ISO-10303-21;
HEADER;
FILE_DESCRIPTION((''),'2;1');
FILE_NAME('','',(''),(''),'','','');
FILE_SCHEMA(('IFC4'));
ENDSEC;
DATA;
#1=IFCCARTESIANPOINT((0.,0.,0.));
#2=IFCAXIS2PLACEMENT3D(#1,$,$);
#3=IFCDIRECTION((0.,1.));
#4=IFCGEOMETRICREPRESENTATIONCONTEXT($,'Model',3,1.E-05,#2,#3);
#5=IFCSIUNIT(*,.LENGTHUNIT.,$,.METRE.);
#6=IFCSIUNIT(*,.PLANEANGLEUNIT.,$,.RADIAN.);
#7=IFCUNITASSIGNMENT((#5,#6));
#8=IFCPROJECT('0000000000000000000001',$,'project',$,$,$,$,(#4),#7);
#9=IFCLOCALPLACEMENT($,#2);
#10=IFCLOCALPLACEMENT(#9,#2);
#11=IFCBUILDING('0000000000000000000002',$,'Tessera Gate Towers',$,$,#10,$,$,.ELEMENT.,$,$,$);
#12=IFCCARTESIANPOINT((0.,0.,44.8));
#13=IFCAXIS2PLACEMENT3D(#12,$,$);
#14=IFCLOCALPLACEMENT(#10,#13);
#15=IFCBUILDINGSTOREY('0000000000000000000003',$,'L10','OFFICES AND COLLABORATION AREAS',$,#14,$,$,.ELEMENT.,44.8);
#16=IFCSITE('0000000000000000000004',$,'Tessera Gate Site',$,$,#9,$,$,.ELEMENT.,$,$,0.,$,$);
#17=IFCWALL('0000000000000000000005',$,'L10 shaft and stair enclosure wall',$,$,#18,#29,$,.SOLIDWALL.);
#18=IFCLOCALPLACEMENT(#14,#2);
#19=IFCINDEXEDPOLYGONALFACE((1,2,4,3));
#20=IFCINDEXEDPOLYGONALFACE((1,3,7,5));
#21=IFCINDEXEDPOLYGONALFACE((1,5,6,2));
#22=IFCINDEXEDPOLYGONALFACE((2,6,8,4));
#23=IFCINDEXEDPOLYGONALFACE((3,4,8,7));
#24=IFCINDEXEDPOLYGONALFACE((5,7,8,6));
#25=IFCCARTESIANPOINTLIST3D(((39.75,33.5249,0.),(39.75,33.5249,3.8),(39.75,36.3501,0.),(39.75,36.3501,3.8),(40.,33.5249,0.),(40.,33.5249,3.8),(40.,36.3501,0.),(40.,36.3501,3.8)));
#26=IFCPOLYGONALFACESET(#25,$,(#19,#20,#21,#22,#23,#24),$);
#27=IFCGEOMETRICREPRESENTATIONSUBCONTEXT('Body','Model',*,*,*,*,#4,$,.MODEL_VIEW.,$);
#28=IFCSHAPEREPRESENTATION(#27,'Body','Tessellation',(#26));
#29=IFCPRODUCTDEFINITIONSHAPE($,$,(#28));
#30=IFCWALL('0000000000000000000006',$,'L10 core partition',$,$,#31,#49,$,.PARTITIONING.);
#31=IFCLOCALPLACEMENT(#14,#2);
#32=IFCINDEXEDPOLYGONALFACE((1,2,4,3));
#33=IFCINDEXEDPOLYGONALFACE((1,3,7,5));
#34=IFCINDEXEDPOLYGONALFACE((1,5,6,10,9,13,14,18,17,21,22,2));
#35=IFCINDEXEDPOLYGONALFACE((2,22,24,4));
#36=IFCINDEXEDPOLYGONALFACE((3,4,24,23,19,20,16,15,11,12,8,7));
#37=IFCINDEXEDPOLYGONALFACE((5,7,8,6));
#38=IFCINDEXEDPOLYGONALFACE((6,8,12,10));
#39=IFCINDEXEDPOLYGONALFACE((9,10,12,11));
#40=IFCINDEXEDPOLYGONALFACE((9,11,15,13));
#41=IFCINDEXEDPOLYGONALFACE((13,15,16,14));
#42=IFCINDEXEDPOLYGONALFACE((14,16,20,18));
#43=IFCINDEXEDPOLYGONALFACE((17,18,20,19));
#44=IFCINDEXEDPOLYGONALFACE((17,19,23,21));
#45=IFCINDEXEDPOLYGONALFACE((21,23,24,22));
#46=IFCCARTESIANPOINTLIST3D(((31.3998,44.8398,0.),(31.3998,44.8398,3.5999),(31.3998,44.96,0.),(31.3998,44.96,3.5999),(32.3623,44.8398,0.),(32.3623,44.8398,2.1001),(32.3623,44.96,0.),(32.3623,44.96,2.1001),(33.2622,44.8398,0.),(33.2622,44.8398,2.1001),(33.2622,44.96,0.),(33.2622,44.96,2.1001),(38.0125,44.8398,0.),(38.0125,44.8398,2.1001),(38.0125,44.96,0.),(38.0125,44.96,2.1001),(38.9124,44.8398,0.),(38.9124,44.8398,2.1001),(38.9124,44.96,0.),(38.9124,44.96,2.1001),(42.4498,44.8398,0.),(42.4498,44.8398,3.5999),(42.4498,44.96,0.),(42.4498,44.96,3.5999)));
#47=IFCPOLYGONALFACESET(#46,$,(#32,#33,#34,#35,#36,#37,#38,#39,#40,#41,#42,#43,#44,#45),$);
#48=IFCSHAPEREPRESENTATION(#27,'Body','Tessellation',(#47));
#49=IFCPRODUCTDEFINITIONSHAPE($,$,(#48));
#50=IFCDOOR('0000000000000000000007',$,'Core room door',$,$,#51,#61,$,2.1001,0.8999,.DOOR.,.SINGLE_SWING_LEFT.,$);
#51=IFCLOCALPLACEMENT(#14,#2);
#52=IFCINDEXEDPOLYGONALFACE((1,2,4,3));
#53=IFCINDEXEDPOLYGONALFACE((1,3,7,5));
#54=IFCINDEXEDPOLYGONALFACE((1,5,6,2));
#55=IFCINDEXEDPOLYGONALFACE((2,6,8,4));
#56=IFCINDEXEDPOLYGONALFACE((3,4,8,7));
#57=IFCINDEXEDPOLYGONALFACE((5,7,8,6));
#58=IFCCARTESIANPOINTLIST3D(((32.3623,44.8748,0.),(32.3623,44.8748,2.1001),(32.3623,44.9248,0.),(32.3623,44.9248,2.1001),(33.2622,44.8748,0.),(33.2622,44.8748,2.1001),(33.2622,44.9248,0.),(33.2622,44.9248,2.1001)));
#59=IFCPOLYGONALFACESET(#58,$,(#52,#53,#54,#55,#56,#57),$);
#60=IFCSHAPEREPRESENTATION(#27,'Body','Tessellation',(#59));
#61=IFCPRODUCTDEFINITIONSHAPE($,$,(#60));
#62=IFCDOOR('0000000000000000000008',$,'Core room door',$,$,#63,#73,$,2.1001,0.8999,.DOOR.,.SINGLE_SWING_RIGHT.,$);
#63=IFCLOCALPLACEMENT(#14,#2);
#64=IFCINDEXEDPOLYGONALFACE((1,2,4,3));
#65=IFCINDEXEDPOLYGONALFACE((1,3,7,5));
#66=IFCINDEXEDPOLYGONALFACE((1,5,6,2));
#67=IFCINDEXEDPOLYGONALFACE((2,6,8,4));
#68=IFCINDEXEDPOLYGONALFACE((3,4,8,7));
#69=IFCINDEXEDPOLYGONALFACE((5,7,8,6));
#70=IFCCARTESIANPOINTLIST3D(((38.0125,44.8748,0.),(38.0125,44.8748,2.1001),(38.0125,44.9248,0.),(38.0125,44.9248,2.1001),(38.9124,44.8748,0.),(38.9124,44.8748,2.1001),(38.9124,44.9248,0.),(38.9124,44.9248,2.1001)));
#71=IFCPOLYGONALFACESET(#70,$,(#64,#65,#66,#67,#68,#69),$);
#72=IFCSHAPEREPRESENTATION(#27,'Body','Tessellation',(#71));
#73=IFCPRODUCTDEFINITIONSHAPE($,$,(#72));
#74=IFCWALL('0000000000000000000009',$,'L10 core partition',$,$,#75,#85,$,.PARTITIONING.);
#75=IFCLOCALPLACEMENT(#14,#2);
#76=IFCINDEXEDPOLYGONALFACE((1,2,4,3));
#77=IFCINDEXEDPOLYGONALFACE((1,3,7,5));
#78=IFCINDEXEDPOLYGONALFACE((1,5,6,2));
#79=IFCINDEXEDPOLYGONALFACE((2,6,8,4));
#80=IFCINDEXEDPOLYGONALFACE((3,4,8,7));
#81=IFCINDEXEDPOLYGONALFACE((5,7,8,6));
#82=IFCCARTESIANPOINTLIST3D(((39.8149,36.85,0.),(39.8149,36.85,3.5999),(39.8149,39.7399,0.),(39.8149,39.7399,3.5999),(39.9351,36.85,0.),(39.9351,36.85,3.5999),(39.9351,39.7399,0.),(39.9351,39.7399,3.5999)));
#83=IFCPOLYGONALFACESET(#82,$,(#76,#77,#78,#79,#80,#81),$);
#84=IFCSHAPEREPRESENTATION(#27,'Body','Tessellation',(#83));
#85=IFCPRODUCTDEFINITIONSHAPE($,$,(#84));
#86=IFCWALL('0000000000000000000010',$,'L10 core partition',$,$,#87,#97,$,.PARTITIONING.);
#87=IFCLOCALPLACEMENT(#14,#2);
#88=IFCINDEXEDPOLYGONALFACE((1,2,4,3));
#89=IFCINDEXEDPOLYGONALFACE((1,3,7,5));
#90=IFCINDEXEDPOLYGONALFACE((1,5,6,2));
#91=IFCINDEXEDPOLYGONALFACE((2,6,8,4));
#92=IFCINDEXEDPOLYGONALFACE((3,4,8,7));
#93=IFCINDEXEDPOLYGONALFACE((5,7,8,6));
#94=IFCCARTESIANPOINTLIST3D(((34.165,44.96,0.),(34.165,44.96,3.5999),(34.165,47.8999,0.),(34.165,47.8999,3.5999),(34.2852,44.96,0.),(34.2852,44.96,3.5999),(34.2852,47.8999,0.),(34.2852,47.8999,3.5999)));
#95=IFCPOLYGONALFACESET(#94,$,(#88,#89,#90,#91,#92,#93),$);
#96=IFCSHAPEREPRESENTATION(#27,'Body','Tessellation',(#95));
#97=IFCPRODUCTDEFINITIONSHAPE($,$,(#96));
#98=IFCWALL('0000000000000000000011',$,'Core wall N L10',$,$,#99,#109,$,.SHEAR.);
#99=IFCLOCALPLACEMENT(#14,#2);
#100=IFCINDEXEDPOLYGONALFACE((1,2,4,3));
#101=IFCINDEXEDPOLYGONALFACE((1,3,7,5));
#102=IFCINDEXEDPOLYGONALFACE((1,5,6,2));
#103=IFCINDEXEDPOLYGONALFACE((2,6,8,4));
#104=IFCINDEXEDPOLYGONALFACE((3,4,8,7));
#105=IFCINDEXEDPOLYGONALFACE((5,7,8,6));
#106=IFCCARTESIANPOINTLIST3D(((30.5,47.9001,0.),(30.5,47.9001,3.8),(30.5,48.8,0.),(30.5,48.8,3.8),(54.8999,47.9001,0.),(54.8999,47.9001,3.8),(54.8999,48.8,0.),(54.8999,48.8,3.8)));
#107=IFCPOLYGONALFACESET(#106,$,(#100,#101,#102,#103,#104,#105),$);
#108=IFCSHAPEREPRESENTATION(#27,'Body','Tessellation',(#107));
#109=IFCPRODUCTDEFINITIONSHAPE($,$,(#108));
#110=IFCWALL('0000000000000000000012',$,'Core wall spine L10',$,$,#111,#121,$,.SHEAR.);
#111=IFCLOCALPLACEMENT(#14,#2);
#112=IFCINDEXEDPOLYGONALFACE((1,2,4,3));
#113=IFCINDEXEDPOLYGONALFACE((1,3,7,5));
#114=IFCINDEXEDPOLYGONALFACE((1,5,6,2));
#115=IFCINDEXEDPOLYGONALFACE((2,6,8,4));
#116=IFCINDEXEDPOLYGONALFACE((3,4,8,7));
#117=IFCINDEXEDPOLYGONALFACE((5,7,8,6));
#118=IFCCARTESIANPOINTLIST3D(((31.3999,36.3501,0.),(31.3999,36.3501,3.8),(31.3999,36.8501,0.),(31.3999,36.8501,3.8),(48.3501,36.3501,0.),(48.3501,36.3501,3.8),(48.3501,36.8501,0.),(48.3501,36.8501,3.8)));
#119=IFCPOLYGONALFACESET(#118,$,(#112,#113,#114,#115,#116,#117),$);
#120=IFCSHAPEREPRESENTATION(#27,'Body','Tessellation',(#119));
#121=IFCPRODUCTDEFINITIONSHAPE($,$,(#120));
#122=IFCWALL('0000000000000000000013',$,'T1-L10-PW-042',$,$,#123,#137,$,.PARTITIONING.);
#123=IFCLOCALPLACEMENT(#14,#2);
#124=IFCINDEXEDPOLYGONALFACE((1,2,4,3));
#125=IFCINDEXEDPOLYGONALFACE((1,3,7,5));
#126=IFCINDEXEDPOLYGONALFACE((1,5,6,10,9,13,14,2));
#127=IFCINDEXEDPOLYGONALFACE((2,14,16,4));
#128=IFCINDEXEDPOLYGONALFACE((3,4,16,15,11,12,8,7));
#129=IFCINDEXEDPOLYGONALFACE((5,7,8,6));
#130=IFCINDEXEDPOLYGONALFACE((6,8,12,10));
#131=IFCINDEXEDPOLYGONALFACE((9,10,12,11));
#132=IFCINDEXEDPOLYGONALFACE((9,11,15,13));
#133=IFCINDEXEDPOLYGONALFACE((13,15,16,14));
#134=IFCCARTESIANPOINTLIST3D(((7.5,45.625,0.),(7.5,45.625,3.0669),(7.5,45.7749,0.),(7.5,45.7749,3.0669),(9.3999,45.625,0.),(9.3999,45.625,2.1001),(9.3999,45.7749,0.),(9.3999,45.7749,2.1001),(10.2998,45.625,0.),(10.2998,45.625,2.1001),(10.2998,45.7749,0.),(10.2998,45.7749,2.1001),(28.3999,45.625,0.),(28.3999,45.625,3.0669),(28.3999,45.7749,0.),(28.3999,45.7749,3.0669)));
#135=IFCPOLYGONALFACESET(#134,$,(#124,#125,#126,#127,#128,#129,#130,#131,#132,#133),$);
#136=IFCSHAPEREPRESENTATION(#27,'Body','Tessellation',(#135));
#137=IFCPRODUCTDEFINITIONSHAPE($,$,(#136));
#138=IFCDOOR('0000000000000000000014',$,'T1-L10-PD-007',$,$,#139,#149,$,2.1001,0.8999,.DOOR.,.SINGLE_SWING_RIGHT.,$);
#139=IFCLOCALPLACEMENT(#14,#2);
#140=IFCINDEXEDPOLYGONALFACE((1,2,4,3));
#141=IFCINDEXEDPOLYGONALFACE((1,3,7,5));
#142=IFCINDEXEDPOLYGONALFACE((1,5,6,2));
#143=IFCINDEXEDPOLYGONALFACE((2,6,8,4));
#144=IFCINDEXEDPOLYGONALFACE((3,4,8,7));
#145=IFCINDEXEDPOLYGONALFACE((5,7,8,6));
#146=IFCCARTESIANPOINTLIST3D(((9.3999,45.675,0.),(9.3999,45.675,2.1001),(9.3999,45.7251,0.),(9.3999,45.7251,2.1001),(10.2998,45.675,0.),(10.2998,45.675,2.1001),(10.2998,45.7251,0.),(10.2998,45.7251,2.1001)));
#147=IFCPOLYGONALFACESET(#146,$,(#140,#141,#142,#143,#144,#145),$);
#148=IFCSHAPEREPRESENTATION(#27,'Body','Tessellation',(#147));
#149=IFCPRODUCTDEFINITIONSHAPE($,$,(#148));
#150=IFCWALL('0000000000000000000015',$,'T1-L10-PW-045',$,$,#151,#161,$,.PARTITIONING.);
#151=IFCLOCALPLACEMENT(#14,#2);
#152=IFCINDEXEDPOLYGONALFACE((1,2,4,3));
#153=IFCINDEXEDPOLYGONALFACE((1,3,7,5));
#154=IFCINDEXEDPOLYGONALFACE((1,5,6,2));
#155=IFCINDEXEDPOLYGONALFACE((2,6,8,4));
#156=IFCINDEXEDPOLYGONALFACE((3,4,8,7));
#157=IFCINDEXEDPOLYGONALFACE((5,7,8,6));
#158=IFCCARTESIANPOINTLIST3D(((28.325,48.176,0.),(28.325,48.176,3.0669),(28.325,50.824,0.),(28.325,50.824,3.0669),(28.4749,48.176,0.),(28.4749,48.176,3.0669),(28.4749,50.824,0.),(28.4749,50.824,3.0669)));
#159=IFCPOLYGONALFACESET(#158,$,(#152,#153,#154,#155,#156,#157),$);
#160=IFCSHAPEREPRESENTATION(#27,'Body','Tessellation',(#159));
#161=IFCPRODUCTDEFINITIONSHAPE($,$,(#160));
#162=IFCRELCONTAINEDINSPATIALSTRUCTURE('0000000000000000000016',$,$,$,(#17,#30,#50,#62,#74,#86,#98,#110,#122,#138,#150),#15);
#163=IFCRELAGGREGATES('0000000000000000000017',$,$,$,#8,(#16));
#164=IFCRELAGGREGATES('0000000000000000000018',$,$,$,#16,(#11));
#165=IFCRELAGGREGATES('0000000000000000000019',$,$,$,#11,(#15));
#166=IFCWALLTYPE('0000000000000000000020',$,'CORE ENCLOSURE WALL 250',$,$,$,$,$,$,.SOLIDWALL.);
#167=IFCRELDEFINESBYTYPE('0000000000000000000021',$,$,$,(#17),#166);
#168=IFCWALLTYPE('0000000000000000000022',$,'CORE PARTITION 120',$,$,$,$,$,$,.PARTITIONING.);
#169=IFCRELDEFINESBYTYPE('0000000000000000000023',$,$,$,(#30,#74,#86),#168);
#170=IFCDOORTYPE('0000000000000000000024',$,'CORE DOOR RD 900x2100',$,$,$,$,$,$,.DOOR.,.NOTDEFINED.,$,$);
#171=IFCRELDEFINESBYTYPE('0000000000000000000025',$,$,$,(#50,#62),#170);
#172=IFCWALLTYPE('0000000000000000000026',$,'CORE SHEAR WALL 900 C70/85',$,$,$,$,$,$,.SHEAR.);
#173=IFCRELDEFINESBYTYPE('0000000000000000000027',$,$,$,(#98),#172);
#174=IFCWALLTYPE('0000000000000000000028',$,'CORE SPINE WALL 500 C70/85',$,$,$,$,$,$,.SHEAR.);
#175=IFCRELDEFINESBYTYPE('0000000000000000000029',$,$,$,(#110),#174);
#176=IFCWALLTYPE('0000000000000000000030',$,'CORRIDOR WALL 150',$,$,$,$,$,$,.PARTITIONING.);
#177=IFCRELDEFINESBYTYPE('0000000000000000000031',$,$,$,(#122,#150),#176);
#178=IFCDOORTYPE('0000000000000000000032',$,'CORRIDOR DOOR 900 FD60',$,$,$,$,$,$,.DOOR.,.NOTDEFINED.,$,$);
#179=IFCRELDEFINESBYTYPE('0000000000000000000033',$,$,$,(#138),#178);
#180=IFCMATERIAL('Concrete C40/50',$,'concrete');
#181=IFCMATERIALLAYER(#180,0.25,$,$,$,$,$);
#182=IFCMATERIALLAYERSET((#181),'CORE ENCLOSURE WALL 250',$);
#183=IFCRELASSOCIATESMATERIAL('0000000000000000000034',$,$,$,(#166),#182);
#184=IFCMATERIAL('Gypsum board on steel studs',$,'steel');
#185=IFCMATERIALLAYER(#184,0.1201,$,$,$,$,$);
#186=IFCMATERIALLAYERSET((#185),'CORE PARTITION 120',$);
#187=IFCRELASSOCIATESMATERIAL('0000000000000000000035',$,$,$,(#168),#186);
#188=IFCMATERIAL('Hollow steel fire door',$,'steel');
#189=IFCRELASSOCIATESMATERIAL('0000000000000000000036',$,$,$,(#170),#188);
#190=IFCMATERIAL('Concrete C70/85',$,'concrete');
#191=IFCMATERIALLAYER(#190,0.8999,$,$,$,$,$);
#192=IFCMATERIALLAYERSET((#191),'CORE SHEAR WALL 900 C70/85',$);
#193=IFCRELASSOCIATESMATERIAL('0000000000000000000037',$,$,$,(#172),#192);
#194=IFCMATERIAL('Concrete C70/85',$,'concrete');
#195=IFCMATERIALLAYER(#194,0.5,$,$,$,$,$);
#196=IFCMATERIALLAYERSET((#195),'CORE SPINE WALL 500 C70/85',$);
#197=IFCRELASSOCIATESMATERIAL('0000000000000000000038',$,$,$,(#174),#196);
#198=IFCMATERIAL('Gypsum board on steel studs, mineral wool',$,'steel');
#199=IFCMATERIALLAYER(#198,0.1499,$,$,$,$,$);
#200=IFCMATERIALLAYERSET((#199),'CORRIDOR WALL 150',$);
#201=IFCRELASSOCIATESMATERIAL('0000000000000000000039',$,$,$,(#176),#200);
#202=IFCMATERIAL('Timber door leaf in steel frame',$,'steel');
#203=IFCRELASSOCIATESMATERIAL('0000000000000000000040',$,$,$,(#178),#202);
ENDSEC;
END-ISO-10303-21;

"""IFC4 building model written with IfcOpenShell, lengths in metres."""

from ifc_helpers import new_model, si_unit, direction, frame, frame_2d, origin, place, context, subcontext, project, spatial, rectangle, extrude, source, transform, mapped, material, layer, layer_set, type_object, element, fill, save


model = new_model("IFC4")

# Units and contexts
model_context = context("Model", 3, precision=1e-05, world=origin(), true_north=direction((0.0, 1.0)))
body_context = subcontext(model_context, "Body", "Model", "MODEL_VIEW")
ifc_project = project(units=[si_unit("LENGTHUNIT", "METRE"), si_unit("PLANEANGLEUNIT", "RADIAN")], contexts=[model_context])

# Site, building, storey
site_placement = place(None, origin())
site = spatial("IfcSite", under=ifc_project, at=site_placement, Name="Tessera Gate Site", CompositionType="ELEMENT", RefElevation=0.0)
building_placement = place(site_placement, origin())
building = spatial("IfcBuilding", under=site, at=building_placement, Name="Tessera Gate Towers", CompositionType="ELEMENT")
storey_placement = place(building_placement, frame((0.0, 0.0, 44.8)))
storey = spatial("IfcBuildingStorey", under=building, at=storey_placement, Name="L10", Description="OFFICES AND COLLABORATION AREAS", CompositionType="ELEMENT", Elevation=44.8)

# Wall
ifc_material_1 = material(Name="Concrete C40/50", Category="concrete")
ifc_layer_1 = layer(ifc_material_1, 0.25)
ifc_layer_set_1 = layer_set([ifc_layer_1], Name="CORE ENCLOSURE WALL 250")
wall_type_1 = type_object("IfcWallType", Name="CORE ENCLOSURE WALL 250", PredefinedType="SOLIDWALL", material=ifc_layer_set_1)
for number, where, z_axis, x_axis, name in (
    (1, (39.875, 33.5249, 0.0), (0.0, 0.0, 1.0), (0.0, 1.0, 0.0), "L10 shaft and stair enclosure wall"),
):
    element("IfcWall", number, at=place(storey_placement, frame(where, z_axis=z_axis, x_axis=x_axis)), inside=storey, type_object=wall_type_1, Name=name, PredefinedType="SOLIDWALL", context=body_context, shape_type="SweptSolid", body=[
        extrude(rectangle(XDim=2.8252, YDim=0.25, at=frame_2d((1.4126, 0.0))), origin(), (0.0, 0.0, 1.0), 3.8),
    ])

# Wall, openings, doors
ifc_material_2 = material(Name="Gypsum board on steel studs", Category="steel")
ifc_layer_2 = layer(ifc_material_2, 0.1201)
ifc_layer_set_2 = layer_set([ifc_layer_2], Name="CORE PARTITION 120")
wall_type_2 = type_object("IfcWallType", Name="CORE PARTITION 120", PredefinedType="PARTITIONING", material=ifc_layer_set_2)
wall_1_placement = place(storey_placement, frame((31.3999, 44.8999, 0.0), z_axis=(0.0, 0.0, 1.0), x_axis=(1.0, 0.0, 0.0)))
wall_1 = element("IfcWall", 2, at=wall_1_placement, inside=storey, type_object=wall_type_2, Name="L10 core partition", PredefinedType="PARTITIONING", context=body_context, shape_type="SweptSolid", body=[
    extrude(rectangle(XDim=11.05, YDim=0.1201, at=frame_2d((5.5249, 0.0))), origin(), (0.0, 0.0, 1.0), 3.5999),
])
shared_shape_1 = source(origin(), body_context, "Body", "SweptSolid", [
    extrude(rectangle(XDim=0.8999, YDim=2.1001, at=frame_2d((0.45, 1.05))), frame((0.0, 0.0701, 0.0), z_axis=(0.0, -1.0, 0.0), x_axis=(1.0, 0.0, 0.0)), (0.0, 0.0, 1.0), 0.1401),
])
opening_1_placement = place(wall_1_placement, frame((0.9624, 0.0, 0.0)))
opening_1 = element("IfcOpeningElement", 3, at=opening_1_placement, cuts=wall_1, PredefinedType="OPENING", context=body_context, shape_type="MappedRepresentation", body=[
    mapped(shared_shape_1, transform((0.0, 0.0, 0.0), scale=1.0)),
])
opening_2_placement = place(wall_1_placement, frame((6.6125, 0.0, 0.0)))
opening_2 = element("IfcOpeningElement", 4, at=opening_2_placement, cuts=wall_1, PredefinedType="OPENING", context=body_context, shape_type="MappedRepresentation", body=[
    mapped(shared_shape_1, transform((0.0, 0.0, 0.0), scale=1.0)),
])
ifc_material_3 = material(Name="Hollow steel fire door", Category="steel")
door_type_1 = type_object("IfcDoorType", Name="CORE DOOR RD 900x2100", OperationType="NOTDEFINED", PredefinedType="DOOR", material=ifc_material_3)
shared_shape_2 = source(origin(), body_context, "Body", "SweptSolid", [
    extrude(rectangle(XDim=0.8999, YDim=2.1001, at=frame_2d((0.45, 1.05))), frame((0.0, 0.0249, 0.0), z_axis=(0.0, -1.0, 0.0), x_axis=(1.0, 0.0, 0.0)), (0.0, 0.0, 1.0), 0.05),
])
door_1_placement = place(opening_1_placement, origin())
door_1 = element("IfcDoor", 5, at=door_1_placement, inside=storey, type_object=door_type_1, Name="Core room door", OperationType="SINGLE_SWING_LEFT", OverallHeight=2.1001, OverallWidth=0.8999, PredefinedType="DOOR", context=body_context, shape_type="MappedRepresentation", body=[
    mapped(shared_shape_2, transform((0.0, 0.0, 0.0), scale=1.0)),
])
fill(opening_1, door_1)
door_2_placement = place(opening_2_placement, origin())
door_2 = element("IfcDoor", 6, at=door_2_placement, inside=storey, type_object=door_type_1, Name="Core room door", OperationType="SINGLE_SWING_RIGHT", OverallHeight=2.1001, OverallWidth=0.8999, PredefinedType="DOOR", context=body_context, shape_type="MappedRepresentation", body=[
    mapped(shared_shape_2, transform((0.0, 0.0, 0.0), scale=1.0)),
])
fill(opening_2, door_2)

# Walls
wall_2_placement = place(storey_placement, frame((39.875, 36.8501, 0.0), z_axis=(0.0, 0.0, 1.0), x_axis=(0.0, 1.0, 0.0)))
element("IfcWall", 7, at=wall_2_placement, inside=storey, type_object=wall_type_2, Name="L10 core partition", PredefinedType="PARTITIONING", context=body_context, shape_type="SweptSolid", body=[
    extrude(rectangle(XDim=2.8899, YDim=0.1201, at=frame_2d((1.4448, 0.0))), origin(), (0.0, 0.0, 1.0), 3.5999),
])
wall_3_placement = place(storey_placement, frame((34.2251, 44.96, 0.0), z_axis=(0.0, 0.0, 1.0), x_axis=(0.0, 1.0, 0.0)))
element("IfcWall", 8, at=wall_3_placement, inside=storey, type_object=wall_type_2, Name="L10 core partition", PredefinedType="PARTITIONING", context=body_context, shape_type="SweptSolid", body=[
    extrude(rectangle(XDim=2.9399, YDim=0.1201, at=frame_2d((1.47, 0.0))), origin(), (0.0, 0.0, 1.0), 3.5999),
])
ifc_material_4 = material(Name="Concrete C70/85", Category="concrete")
ifc_layer_3 = layer(ifc_material_4, 0.8999)
ifc_layer_set_3 = layer_set([ifc_layer_3], Name="CORE SHEAR WALL 900 C70/85")
wall_type_3 = type_object("IfcWallType", Name="CORE SHEAR WALL 900 C70/85", PredefinedType="SHEAR", material=ifc_layer_set_3)
wall_4_placement = place(storey_placement, frame((30.5, 48.3501, 0.0), z_axis=(0.0, 0.0, 1.0), x_axis=(1.0, 0.0, 0.0)))
element("IfcWall", 9, at=wall_4_placement, inside=storey, type_object=wall_type_3, Name="Core wall N L10", PredefinedType="SHEAR", context=body_context, shape_type="SweptSolid", body=[
    extrude(rectangle(XDim=24.3999, YDim=0.8999, at=frame_2d((12.2, 0.0))), origin(), (0.0, 0.0, 1.0), 3.8),
])
ifc_material_5 = material(Name="Concrete C70/85", Category="concrete")
ifc_layer_4 = layer(ifc_material_5, 0.5)
ifc_layer_set_4 = layer_set([ifc_layer_4], Name="CORE SPINE WALL 500 C70/85")
wall_type_4 = type_object("IfcWallType", Name="CORE SPINE WALL 500 C70/85", PredefinedType="SHEAR", material=ifc_layer_set_4)
wall_5_placement = place(storey_placement, frame((31.3999, 36.6001, 0.0), z_axis=(0.0, 0.0, 1.0), x_axis=(1.0, 0.0, 0.0)))
element("IfcWall", 10, at=wall_5_placement, inside=storey, type_object=wall_type_4, Name="Core wall spine L10", PredefinedType="SHEAR", context=body_context, shape_type="SweptSolid", body=[
    extrude(rectangle(XDim=16.9502, YDim=0.5, at=frame_2d((8.4751, 0.0))), origin(), (0.0, 0.0, 1.0), 3.8),
])

# Wall, opening, door
ifc_material_6 = material(Name="Gypsum board on steel studs, mineral wool", Category="steel")
ifc_layer_5 = layer(ifc_material_6, 0.1499)
ifc_layer_set_5 = layer_set([ifc_layer_5], Name="CORRIDOR WALL 150")
wall_type_5 = type_object("IfcWallType", Name="CORRIDOR WALL 150", PredefinedType="PARTITIONING", material=ifc_layer_set_5)
wall_6_placement = place(storey_placement, frame((28.3999, 45.7, 0.0), z_axis=(0.0, 0.0, 1.0), x_axis=(-1.0, 0.0, 0.0)))
wall_6 = element("IfcWall", 11, at=wall_6_placement, inside=storey, type_object=wall_type_5, Name="T1-L10-PW-042", PredefinedType="PARTITIONING", context=body_context, shape_type="SweptSolid", body=[
    extrude(rectangle(XDim=20.8999, YDim=0.1499, at=frame_2d((10.45, 0.0))), origin(), (0.0, 0.0, 1.0), 3.0669),
])
shared_shape_3 = source(origin(), body_context, "Body", "SweptSolid", [
    extrude(rectangle(XDim=0.8999, YDim=2.1001, at=frame_2d((0.45, 1.05))), frame((0.0, 0.085, 0.0), z_axis=(0.0, -1.0, 0.0), x_axis=(1.0, 0.0, 0.0)), (0.0, 0.0, 1.0), 0.1699),
])
opening_3_placement = place(wall_6_placement, frame((18.1001, 0.0, 0.0)))
opening_3 = element("IfcOpeningElement", 12, at=opening_3_placement, cuts=wall_6, PredefinedType="OPENING", context=body_context, shape_type="MappedRepresentation", body=[
    mapped(shared_shape_3, transform((0.0, 0.0, 0.0), scale=1.0)),
])
ifc_material_7 = material(Name="Timber door leaf in steel frame", Category="steel")
door_type_2 = type_object("IfcDoorType", Name="CORRIDOR DOOR 900 FD60", OperationType="NOTDEFINED", PredefinedType="DOOR", material=ifc_material_7)
door_3_placement = place(opening_3_placement, origin())
door_3 = element("IfcDoor", 13, at=door_3_placement, inside=storey, type_object=door_type_2, Name="T1-L10-PD-007", OperationType="SINGLE_SWING_RIGHT", OverallHeight=2.1001, OverallWidth=0.8999, PredefinedType="DOOR", context=body_context, shape_type="MappedRepresentation", body=[
    mapped(shared_shape_2, transform((0.0, 0.0, 0.0), scale=1.0)),
])
fill(opening_3, door_3)

# Wall
wall_7_placement = place(storey_placement, frame((28.3999, 48.176, 0.0), z_axis=(0.0, 0.0, 1.0), x_axis=(0.0, 1.0, 0.0)))
element("IfcWall", 14, at=wall_7_placement, inside=storey, type_object=wall_type_5, Name="T1-L10-PW-045", PredefinedType="PARTITIONING", context=body_context, shape_type="SweptSolid", body=[
    extrude(rectangle(XDim=2.6479, YDim=0.1499, at=frame_2d((1.324, 0.0))), origin(), (0.0, 0.0, 1.0), 3.0669),
])

save(model, "model.ifc")
